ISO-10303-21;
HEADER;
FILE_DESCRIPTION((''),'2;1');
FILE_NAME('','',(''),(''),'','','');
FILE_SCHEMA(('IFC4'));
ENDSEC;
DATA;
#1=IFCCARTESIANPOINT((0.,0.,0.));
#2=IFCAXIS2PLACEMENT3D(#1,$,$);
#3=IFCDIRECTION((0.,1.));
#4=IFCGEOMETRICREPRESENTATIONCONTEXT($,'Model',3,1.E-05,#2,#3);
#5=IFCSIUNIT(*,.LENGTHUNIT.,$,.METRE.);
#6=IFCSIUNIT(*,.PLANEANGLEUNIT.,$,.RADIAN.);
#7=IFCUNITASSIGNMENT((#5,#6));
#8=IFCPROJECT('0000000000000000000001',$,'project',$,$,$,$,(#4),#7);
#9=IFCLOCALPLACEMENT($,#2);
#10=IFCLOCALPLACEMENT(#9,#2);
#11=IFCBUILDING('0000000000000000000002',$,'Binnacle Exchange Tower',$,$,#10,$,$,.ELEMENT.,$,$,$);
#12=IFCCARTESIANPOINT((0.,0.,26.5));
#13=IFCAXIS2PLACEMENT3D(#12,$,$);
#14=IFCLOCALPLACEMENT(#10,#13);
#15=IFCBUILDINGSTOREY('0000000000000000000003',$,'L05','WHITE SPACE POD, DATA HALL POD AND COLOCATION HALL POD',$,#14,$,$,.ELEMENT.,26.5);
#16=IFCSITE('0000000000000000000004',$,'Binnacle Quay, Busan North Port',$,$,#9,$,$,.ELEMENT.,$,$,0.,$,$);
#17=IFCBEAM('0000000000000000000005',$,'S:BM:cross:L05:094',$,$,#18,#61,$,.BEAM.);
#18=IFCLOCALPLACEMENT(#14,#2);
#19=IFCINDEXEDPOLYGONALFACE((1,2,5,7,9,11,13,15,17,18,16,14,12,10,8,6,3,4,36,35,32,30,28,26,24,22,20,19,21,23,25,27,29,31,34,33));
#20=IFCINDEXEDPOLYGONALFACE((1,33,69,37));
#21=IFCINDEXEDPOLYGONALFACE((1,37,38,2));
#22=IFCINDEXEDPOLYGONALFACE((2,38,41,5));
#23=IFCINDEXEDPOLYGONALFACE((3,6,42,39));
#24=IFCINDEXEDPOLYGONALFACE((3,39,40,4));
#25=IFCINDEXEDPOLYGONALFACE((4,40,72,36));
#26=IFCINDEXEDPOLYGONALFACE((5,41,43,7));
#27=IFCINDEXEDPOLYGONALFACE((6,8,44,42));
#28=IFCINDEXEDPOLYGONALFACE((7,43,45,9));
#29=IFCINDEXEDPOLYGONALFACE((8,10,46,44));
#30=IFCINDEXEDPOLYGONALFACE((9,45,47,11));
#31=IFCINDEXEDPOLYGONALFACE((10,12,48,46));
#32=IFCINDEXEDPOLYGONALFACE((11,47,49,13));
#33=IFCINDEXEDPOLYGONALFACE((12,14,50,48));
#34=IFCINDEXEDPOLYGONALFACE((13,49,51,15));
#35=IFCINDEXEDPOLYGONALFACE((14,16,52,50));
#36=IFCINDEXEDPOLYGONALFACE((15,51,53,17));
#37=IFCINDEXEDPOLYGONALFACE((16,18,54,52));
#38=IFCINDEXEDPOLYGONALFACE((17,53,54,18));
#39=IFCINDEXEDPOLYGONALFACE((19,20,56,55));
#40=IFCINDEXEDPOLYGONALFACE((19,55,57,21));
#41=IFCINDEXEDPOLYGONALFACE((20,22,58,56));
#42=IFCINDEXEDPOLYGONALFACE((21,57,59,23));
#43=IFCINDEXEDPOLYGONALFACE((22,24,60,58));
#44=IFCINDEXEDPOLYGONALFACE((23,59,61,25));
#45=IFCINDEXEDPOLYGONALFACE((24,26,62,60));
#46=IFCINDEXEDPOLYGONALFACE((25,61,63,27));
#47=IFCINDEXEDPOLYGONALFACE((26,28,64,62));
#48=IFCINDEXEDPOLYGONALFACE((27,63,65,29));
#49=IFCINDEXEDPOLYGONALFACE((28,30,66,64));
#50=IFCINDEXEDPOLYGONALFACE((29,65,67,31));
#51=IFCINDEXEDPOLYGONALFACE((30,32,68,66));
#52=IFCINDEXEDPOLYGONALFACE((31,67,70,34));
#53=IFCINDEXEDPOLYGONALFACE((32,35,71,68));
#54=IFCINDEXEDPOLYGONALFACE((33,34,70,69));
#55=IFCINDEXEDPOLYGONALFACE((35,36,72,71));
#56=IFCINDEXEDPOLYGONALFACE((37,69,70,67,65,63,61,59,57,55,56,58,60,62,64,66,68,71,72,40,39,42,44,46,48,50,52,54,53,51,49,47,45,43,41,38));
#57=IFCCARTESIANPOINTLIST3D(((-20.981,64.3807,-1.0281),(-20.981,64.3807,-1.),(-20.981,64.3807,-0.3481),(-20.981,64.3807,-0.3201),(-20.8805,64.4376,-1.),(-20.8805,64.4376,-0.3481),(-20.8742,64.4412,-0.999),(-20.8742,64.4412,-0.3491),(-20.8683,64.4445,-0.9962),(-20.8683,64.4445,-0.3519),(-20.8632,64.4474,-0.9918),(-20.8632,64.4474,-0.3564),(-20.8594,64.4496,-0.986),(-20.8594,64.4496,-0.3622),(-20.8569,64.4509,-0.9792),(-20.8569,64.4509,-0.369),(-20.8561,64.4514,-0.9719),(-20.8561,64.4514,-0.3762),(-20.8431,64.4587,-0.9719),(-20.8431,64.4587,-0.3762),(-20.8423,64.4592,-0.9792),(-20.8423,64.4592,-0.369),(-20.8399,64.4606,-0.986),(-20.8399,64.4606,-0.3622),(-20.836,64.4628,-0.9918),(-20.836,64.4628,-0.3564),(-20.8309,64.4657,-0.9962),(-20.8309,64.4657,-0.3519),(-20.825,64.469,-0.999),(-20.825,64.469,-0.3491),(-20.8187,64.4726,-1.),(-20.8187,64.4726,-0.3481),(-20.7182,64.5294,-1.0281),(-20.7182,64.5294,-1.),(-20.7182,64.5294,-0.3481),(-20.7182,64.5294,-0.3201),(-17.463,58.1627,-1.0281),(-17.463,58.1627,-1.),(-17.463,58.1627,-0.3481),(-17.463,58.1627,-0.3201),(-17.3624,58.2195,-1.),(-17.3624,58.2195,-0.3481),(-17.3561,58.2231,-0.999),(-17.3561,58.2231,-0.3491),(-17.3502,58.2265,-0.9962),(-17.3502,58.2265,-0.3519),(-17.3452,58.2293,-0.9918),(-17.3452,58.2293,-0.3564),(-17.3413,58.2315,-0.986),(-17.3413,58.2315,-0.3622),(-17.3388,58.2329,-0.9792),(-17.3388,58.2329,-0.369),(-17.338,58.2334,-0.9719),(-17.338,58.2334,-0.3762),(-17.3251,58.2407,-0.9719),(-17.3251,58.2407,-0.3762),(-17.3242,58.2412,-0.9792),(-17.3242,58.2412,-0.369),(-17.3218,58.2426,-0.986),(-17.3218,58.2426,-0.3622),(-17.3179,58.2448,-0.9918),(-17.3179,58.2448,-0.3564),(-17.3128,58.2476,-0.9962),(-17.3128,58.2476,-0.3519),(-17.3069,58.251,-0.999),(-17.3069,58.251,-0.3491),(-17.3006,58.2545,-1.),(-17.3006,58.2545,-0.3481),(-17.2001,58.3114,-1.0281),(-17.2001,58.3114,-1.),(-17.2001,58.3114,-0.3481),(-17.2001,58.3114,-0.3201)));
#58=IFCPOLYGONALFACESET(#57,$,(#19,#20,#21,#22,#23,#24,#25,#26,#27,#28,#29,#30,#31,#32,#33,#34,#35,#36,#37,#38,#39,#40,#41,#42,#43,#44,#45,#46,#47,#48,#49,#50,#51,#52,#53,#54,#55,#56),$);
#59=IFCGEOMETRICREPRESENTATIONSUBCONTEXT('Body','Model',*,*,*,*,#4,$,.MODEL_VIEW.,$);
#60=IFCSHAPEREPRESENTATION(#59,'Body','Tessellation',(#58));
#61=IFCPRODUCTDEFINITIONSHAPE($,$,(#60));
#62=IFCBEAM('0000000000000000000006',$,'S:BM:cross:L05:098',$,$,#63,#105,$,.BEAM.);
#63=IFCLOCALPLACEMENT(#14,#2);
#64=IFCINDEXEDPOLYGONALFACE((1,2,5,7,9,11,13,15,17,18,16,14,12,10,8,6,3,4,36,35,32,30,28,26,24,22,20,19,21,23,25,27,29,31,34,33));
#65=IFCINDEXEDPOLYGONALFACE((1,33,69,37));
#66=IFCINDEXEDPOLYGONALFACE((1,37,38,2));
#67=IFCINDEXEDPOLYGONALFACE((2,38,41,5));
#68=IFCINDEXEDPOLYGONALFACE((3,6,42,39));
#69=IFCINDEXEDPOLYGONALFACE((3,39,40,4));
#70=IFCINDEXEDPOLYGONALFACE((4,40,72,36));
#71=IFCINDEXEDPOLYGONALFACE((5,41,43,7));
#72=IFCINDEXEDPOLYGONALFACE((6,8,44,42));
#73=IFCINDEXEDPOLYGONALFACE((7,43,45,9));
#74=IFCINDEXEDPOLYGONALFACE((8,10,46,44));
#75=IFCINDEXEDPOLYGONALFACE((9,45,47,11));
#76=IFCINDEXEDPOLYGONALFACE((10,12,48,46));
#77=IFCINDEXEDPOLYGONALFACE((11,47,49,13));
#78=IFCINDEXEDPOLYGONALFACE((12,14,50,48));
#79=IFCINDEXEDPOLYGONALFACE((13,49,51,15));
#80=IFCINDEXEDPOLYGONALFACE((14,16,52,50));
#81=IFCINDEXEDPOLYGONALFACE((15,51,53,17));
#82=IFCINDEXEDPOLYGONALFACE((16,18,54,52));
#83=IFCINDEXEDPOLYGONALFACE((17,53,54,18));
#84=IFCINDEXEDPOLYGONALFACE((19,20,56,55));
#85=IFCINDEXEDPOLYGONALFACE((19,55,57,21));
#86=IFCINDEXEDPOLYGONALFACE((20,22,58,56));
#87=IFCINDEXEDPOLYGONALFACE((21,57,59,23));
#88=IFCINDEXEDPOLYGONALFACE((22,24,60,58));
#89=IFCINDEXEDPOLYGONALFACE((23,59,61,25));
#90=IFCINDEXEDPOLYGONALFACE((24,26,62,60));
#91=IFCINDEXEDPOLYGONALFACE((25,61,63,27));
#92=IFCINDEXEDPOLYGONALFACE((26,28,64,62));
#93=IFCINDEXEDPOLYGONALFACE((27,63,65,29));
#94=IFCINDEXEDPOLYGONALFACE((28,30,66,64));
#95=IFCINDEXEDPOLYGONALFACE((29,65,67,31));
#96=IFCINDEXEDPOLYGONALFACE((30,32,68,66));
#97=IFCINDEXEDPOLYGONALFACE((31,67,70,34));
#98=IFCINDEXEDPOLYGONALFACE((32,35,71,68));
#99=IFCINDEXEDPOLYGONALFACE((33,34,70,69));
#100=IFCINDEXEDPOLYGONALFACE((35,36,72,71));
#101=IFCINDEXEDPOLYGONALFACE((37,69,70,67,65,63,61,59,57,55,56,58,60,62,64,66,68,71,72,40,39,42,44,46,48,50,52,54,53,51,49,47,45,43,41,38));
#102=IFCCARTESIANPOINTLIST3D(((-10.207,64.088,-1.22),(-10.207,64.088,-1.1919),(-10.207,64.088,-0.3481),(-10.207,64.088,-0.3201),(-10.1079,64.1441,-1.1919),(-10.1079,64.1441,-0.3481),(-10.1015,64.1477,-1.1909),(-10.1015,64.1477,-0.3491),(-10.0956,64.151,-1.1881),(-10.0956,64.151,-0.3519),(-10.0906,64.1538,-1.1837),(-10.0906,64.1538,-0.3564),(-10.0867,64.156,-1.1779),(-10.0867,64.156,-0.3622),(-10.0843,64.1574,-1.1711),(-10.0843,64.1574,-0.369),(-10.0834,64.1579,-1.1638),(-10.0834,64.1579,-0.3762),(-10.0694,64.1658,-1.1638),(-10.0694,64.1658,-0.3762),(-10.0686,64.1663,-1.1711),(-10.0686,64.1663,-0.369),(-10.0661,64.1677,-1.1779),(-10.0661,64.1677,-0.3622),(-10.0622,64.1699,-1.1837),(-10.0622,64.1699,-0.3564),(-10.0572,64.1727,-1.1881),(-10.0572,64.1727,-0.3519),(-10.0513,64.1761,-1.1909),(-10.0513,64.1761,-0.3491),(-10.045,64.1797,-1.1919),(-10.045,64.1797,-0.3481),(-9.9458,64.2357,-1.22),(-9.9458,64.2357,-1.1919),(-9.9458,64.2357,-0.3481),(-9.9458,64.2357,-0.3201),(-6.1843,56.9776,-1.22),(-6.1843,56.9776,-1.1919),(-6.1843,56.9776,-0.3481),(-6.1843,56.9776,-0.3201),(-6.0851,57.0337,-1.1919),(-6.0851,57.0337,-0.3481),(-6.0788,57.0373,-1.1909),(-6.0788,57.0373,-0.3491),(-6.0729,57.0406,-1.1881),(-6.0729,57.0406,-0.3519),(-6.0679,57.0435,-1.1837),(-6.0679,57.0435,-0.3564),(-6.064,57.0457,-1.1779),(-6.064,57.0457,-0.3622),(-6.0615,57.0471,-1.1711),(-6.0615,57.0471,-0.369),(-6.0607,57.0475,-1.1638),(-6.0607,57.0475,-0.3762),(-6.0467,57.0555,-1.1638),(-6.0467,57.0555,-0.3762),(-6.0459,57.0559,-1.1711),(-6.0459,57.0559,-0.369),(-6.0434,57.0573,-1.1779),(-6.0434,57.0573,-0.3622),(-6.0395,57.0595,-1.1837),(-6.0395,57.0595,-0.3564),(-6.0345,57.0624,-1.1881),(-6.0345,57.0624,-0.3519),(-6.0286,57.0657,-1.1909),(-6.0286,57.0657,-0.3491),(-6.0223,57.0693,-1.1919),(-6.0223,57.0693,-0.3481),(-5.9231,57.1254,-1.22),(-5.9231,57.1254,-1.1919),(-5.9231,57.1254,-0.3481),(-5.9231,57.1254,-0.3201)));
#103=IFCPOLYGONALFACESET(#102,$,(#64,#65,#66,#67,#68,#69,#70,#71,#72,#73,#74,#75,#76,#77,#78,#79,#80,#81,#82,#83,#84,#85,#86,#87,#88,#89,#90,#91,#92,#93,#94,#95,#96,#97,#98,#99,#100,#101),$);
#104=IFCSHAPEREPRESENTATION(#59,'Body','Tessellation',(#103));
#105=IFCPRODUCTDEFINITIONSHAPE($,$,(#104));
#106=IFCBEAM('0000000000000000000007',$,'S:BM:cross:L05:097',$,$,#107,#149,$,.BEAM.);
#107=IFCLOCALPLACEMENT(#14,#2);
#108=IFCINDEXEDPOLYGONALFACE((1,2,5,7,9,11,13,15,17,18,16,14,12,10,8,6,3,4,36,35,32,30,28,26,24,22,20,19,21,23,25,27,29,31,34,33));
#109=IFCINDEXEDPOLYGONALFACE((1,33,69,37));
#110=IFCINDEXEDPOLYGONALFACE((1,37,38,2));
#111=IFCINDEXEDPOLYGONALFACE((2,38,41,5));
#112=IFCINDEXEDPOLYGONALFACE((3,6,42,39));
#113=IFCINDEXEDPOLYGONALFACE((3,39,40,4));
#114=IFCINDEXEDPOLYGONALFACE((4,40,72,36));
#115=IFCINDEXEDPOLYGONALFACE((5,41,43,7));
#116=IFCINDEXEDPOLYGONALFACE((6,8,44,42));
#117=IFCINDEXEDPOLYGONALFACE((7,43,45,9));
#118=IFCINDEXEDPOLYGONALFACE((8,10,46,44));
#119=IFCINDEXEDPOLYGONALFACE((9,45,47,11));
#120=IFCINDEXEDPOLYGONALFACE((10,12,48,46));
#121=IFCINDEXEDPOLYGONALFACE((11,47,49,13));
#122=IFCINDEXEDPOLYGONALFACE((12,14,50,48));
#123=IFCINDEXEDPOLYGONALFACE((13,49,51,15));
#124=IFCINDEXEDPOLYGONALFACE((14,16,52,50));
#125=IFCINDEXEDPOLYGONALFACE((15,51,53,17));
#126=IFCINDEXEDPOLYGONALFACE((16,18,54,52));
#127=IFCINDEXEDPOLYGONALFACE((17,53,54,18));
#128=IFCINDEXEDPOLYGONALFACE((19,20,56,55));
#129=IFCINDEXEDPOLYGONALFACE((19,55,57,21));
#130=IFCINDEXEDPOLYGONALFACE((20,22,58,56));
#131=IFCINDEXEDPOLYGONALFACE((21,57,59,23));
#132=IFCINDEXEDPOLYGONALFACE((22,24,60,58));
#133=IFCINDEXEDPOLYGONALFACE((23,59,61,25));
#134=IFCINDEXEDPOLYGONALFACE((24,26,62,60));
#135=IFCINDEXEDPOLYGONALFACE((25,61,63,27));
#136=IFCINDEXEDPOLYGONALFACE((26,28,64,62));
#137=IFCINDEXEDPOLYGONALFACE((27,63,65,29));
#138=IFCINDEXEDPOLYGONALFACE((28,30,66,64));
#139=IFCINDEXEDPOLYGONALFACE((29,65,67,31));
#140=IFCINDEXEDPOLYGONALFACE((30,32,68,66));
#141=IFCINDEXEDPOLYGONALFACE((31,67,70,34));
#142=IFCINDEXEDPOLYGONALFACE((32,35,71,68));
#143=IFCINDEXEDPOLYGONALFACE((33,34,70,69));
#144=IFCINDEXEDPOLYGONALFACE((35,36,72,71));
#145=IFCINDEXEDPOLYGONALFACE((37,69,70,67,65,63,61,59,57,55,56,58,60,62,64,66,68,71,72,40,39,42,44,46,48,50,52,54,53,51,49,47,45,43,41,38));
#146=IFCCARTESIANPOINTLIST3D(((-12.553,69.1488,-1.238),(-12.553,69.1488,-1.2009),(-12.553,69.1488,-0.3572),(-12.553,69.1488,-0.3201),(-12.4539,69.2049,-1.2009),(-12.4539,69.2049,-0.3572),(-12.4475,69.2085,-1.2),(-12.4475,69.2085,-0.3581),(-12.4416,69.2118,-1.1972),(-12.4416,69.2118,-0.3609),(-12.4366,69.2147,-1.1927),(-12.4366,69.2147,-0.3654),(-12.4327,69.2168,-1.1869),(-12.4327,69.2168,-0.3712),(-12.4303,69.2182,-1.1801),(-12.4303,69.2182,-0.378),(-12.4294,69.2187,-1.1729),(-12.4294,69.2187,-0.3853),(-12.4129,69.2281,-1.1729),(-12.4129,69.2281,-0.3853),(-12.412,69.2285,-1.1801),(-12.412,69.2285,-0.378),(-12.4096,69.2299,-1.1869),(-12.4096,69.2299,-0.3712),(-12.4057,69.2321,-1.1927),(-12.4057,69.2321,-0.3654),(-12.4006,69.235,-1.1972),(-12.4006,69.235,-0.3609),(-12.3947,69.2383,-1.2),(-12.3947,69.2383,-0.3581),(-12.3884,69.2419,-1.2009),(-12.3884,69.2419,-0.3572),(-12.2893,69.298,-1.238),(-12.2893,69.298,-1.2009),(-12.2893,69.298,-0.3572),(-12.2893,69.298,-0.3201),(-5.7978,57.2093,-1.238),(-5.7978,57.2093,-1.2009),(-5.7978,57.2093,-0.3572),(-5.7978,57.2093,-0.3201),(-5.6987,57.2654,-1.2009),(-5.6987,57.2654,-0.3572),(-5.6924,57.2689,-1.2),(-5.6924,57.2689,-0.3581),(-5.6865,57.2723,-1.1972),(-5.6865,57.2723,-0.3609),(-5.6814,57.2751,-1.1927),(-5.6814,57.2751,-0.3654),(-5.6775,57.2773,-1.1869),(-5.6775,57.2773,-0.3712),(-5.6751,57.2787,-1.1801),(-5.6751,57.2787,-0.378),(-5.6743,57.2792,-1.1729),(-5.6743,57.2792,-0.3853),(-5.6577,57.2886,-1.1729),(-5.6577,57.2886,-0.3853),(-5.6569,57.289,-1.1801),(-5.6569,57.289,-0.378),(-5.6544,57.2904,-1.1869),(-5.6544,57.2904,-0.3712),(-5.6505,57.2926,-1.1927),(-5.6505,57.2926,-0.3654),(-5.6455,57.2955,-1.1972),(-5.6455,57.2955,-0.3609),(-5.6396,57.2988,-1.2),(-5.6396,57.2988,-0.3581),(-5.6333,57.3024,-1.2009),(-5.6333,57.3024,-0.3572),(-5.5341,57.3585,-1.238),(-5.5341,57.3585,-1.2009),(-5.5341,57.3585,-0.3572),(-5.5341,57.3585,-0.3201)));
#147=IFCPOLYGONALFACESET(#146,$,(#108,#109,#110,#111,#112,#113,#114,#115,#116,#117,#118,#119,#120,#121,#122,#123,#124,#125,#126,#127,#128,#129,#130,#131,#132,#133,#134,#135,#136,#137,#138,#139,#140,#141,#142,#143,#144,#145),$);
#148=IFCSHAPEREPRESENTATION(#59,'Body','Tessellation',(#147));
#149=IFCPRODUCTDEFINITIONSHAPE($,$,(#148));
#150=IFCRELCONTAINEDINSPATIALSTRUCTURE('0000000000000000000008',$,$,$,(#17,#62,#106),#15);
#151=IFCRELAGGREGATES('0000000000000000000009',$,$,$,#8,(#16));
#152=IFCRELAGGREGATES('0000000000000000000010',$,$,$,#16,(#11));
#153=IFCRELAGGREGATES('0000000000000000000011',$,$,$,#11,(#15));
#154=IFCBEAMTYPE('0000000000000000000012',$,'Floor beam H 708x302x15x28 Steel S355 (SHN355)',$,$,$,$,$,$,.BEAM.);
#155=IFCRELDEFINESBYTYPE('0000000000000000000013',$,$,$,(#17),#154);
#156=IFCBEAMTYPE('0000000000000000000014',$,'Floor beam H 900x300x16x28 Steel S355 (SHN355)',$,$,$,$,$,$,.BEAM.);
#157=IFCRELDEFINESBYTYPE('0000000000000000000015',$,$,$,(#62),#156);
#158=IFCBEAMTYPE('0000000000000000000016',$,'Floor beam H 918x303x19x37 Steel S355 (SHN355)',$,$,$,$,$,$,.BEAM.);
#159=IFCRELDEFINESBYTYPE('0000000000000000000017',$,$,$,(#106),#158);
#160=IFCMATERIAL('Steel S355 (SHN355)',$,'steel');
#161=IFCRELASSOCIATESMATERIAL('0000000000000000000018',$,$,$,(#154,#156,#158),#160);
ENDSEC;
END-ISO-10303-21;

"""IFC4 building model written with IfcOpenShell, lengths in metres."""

from ifc_helpers import new_model, si_unit, direction, frame, origin, origin_2d, place, context, subcontext, project, spatial, i_section, extrude, material, material_profile, profile_set, type_object, element, save


model = new_model("IFC4")

# Units and contexts
model_context = context("Model", 3, precision=1e-05, world=origin(), true_north=direction((0.0, 1.0)))
body_context = subcontext(model_context, "Body", "Model", "MODEL_VIEW")
ifc_project = project(units=[si_unit("LENGTHUNIT", "METRE"), si_unit("PLANEANGLEUNIT", "RADIAN")], contexts=[model_context])

# Site, building, storey
site_placement = place(None, origin())
site = spatial("IfcSite", under=ifc_project, at=site_placement, Name="Binnacle Quay, Busan North Port", CompositionType="ELEMENT", RefElevation=0.0)
building_placement = place(site_placement, origin())
building = spatial("IfcBuilding", under=site, at=building_placement, Name="Binnacle Exchange Tower", CompositionType="ELEMENT")
storey_placement = place(building_placement, frame((0.0, 0.0, 26.5)))
storey = spatial("IfcBuildingStorey", under=building, at=storey_placement, Name="L05", Description="WHITE SPACE POD, DATA HALL POD AND COLOCATION HALL POD", CompositionType="ELEMENT", Elevation=26.5)

# Beams
ifc_material_1 = material(Name="Steel S355 (SHN355)", Category="steel")
ifc_material_profile_1 = material_profile(ifc_material_1, i_section(OverallWidth=0.302, OverallDepth=0.708, WebThickness=0.0149, FlangeThickness=0.0281, FilletRadius=0.0281, at=origin_2d()), Name="H 708x302x15x28")
ifc_profile_set_1 = profile_set([ifc_material_profile_1], Name="Steel S355 (SHN355)")
beam_type_1 = type_object("IfcBeamType", Name="Floor beam H 708x302x15x28 Steel S355 (SHN355)", PredefinedType="BEAM", material=ifc_profile_set_1)
beam_1_placement = place(storey_placement, frame((-20.8496, 64.4551, -0.6741), z_axis=(0.492432, -0.870351, 0.0), x_axis=(0.870351, 0.492432, 0.0)))
element("IfcBeam", 1, at=beam_1_placement, inside=storey, type_object=beam_type_1, Name="S:BM:cross:L05:094", PredefinedType="BEAM", context=body_context, shape_type="SweptSolid", body=[
    extrude(i_section(OverallWidth=0.302, OverallDepth=0.708, WebThickness=0.0149, FlangeThickness=0.0281, FilletRadius=0.0281, at=origin_2d()), origin(), (0.0, 0.0, 1.0), 7.1443),
])
ifc_material_profile_2 = material_profile(ifc_material_1, i_section(OverallWidth=0.3, OverallDepth=0.8999, WebThickness=0.0161, FlangeThickness=0.0281, FilletRadius=0.0281, at=origin_2d()), Name="H 900x300x16x28")
ifc_profile_set_2 = profile_set([ifc_material_profile_2], Name="Steel S355 (SHN355)")
beam_type_2 = type_object("IfcBeamType", Name="Floor beam H 900x300x16x28 Steel S355 (SHN355)", PredefinedType="BEAM", material=ifc_profile_set_2)
beam_2_placement = place(storey_placement, frame((-10.0764, 64.1619, -0.77), z_axis=(0.492411, -0.870363, 0.0), x_axis=(0.870363, 0.492411, 0.0)))
element("IfcBeam", 2, at=beam_2_placement, inside=storey, type_object=beam_type_2, Name="S:BM:cross:L05:098", PredefinedType="BEAM", context=body_context, shape_type="SweptSolid", body=[
    extrude(i_section(OverallWidth=0.3, OverallDepth=0.8999, WebThickness=0.0161, FlangeThickness=0.0281, FilletRadius=0.0281, at=origin_2d()), origin(), (0.0, 0.0, 1.0), 8.1694),
])
ifc_material_profile_3 = material_profile(ifc_material_1, i_section(OverallWidth=0.303, OverallDepth=0.918, WebThickness=0.019, FlangeThickness=0.0371, FilletRadius=0.0281, at=origin_2d()), Name="H 918x303x19x37")
ifc_profile_set_3 = profile_set([ifc_material_profile_3], Name="Steel S355 (SHN355)")
beam_type_3 = type_object("IfcBeamType", Name="Floor beam H 918x303x19x37 Steel S355 (SHN355)", PredefinedType="BEAM", material=ifc_profile_set_3)
beam_3_placement = place(storey_placement, frame((-12.4211, 69.2234, -0.7791), z_axis=(0.49243, -0.870352, 0.0), x_axis=(0.870352, 0.49243, 0.0)))
element("IfcBeam", 3, at=beam_3_placement, inside=storey, type_object=beam_type_3, Name="S:BM:cross:L05:097", PredefinedType="BEAM", context=body_context, shape_type="SweptSolid", body=[
    extrude(i_section(OverallWidth=0.303, OverallDepth=0.918, WebThickness=0.019, FlangeThickness=0.0371, FilletRadius=0.0281, at=origin_2d()), origin(), (0.0, 0.0, 1.0), 13.718),
])

save(model, "model.ifc")
